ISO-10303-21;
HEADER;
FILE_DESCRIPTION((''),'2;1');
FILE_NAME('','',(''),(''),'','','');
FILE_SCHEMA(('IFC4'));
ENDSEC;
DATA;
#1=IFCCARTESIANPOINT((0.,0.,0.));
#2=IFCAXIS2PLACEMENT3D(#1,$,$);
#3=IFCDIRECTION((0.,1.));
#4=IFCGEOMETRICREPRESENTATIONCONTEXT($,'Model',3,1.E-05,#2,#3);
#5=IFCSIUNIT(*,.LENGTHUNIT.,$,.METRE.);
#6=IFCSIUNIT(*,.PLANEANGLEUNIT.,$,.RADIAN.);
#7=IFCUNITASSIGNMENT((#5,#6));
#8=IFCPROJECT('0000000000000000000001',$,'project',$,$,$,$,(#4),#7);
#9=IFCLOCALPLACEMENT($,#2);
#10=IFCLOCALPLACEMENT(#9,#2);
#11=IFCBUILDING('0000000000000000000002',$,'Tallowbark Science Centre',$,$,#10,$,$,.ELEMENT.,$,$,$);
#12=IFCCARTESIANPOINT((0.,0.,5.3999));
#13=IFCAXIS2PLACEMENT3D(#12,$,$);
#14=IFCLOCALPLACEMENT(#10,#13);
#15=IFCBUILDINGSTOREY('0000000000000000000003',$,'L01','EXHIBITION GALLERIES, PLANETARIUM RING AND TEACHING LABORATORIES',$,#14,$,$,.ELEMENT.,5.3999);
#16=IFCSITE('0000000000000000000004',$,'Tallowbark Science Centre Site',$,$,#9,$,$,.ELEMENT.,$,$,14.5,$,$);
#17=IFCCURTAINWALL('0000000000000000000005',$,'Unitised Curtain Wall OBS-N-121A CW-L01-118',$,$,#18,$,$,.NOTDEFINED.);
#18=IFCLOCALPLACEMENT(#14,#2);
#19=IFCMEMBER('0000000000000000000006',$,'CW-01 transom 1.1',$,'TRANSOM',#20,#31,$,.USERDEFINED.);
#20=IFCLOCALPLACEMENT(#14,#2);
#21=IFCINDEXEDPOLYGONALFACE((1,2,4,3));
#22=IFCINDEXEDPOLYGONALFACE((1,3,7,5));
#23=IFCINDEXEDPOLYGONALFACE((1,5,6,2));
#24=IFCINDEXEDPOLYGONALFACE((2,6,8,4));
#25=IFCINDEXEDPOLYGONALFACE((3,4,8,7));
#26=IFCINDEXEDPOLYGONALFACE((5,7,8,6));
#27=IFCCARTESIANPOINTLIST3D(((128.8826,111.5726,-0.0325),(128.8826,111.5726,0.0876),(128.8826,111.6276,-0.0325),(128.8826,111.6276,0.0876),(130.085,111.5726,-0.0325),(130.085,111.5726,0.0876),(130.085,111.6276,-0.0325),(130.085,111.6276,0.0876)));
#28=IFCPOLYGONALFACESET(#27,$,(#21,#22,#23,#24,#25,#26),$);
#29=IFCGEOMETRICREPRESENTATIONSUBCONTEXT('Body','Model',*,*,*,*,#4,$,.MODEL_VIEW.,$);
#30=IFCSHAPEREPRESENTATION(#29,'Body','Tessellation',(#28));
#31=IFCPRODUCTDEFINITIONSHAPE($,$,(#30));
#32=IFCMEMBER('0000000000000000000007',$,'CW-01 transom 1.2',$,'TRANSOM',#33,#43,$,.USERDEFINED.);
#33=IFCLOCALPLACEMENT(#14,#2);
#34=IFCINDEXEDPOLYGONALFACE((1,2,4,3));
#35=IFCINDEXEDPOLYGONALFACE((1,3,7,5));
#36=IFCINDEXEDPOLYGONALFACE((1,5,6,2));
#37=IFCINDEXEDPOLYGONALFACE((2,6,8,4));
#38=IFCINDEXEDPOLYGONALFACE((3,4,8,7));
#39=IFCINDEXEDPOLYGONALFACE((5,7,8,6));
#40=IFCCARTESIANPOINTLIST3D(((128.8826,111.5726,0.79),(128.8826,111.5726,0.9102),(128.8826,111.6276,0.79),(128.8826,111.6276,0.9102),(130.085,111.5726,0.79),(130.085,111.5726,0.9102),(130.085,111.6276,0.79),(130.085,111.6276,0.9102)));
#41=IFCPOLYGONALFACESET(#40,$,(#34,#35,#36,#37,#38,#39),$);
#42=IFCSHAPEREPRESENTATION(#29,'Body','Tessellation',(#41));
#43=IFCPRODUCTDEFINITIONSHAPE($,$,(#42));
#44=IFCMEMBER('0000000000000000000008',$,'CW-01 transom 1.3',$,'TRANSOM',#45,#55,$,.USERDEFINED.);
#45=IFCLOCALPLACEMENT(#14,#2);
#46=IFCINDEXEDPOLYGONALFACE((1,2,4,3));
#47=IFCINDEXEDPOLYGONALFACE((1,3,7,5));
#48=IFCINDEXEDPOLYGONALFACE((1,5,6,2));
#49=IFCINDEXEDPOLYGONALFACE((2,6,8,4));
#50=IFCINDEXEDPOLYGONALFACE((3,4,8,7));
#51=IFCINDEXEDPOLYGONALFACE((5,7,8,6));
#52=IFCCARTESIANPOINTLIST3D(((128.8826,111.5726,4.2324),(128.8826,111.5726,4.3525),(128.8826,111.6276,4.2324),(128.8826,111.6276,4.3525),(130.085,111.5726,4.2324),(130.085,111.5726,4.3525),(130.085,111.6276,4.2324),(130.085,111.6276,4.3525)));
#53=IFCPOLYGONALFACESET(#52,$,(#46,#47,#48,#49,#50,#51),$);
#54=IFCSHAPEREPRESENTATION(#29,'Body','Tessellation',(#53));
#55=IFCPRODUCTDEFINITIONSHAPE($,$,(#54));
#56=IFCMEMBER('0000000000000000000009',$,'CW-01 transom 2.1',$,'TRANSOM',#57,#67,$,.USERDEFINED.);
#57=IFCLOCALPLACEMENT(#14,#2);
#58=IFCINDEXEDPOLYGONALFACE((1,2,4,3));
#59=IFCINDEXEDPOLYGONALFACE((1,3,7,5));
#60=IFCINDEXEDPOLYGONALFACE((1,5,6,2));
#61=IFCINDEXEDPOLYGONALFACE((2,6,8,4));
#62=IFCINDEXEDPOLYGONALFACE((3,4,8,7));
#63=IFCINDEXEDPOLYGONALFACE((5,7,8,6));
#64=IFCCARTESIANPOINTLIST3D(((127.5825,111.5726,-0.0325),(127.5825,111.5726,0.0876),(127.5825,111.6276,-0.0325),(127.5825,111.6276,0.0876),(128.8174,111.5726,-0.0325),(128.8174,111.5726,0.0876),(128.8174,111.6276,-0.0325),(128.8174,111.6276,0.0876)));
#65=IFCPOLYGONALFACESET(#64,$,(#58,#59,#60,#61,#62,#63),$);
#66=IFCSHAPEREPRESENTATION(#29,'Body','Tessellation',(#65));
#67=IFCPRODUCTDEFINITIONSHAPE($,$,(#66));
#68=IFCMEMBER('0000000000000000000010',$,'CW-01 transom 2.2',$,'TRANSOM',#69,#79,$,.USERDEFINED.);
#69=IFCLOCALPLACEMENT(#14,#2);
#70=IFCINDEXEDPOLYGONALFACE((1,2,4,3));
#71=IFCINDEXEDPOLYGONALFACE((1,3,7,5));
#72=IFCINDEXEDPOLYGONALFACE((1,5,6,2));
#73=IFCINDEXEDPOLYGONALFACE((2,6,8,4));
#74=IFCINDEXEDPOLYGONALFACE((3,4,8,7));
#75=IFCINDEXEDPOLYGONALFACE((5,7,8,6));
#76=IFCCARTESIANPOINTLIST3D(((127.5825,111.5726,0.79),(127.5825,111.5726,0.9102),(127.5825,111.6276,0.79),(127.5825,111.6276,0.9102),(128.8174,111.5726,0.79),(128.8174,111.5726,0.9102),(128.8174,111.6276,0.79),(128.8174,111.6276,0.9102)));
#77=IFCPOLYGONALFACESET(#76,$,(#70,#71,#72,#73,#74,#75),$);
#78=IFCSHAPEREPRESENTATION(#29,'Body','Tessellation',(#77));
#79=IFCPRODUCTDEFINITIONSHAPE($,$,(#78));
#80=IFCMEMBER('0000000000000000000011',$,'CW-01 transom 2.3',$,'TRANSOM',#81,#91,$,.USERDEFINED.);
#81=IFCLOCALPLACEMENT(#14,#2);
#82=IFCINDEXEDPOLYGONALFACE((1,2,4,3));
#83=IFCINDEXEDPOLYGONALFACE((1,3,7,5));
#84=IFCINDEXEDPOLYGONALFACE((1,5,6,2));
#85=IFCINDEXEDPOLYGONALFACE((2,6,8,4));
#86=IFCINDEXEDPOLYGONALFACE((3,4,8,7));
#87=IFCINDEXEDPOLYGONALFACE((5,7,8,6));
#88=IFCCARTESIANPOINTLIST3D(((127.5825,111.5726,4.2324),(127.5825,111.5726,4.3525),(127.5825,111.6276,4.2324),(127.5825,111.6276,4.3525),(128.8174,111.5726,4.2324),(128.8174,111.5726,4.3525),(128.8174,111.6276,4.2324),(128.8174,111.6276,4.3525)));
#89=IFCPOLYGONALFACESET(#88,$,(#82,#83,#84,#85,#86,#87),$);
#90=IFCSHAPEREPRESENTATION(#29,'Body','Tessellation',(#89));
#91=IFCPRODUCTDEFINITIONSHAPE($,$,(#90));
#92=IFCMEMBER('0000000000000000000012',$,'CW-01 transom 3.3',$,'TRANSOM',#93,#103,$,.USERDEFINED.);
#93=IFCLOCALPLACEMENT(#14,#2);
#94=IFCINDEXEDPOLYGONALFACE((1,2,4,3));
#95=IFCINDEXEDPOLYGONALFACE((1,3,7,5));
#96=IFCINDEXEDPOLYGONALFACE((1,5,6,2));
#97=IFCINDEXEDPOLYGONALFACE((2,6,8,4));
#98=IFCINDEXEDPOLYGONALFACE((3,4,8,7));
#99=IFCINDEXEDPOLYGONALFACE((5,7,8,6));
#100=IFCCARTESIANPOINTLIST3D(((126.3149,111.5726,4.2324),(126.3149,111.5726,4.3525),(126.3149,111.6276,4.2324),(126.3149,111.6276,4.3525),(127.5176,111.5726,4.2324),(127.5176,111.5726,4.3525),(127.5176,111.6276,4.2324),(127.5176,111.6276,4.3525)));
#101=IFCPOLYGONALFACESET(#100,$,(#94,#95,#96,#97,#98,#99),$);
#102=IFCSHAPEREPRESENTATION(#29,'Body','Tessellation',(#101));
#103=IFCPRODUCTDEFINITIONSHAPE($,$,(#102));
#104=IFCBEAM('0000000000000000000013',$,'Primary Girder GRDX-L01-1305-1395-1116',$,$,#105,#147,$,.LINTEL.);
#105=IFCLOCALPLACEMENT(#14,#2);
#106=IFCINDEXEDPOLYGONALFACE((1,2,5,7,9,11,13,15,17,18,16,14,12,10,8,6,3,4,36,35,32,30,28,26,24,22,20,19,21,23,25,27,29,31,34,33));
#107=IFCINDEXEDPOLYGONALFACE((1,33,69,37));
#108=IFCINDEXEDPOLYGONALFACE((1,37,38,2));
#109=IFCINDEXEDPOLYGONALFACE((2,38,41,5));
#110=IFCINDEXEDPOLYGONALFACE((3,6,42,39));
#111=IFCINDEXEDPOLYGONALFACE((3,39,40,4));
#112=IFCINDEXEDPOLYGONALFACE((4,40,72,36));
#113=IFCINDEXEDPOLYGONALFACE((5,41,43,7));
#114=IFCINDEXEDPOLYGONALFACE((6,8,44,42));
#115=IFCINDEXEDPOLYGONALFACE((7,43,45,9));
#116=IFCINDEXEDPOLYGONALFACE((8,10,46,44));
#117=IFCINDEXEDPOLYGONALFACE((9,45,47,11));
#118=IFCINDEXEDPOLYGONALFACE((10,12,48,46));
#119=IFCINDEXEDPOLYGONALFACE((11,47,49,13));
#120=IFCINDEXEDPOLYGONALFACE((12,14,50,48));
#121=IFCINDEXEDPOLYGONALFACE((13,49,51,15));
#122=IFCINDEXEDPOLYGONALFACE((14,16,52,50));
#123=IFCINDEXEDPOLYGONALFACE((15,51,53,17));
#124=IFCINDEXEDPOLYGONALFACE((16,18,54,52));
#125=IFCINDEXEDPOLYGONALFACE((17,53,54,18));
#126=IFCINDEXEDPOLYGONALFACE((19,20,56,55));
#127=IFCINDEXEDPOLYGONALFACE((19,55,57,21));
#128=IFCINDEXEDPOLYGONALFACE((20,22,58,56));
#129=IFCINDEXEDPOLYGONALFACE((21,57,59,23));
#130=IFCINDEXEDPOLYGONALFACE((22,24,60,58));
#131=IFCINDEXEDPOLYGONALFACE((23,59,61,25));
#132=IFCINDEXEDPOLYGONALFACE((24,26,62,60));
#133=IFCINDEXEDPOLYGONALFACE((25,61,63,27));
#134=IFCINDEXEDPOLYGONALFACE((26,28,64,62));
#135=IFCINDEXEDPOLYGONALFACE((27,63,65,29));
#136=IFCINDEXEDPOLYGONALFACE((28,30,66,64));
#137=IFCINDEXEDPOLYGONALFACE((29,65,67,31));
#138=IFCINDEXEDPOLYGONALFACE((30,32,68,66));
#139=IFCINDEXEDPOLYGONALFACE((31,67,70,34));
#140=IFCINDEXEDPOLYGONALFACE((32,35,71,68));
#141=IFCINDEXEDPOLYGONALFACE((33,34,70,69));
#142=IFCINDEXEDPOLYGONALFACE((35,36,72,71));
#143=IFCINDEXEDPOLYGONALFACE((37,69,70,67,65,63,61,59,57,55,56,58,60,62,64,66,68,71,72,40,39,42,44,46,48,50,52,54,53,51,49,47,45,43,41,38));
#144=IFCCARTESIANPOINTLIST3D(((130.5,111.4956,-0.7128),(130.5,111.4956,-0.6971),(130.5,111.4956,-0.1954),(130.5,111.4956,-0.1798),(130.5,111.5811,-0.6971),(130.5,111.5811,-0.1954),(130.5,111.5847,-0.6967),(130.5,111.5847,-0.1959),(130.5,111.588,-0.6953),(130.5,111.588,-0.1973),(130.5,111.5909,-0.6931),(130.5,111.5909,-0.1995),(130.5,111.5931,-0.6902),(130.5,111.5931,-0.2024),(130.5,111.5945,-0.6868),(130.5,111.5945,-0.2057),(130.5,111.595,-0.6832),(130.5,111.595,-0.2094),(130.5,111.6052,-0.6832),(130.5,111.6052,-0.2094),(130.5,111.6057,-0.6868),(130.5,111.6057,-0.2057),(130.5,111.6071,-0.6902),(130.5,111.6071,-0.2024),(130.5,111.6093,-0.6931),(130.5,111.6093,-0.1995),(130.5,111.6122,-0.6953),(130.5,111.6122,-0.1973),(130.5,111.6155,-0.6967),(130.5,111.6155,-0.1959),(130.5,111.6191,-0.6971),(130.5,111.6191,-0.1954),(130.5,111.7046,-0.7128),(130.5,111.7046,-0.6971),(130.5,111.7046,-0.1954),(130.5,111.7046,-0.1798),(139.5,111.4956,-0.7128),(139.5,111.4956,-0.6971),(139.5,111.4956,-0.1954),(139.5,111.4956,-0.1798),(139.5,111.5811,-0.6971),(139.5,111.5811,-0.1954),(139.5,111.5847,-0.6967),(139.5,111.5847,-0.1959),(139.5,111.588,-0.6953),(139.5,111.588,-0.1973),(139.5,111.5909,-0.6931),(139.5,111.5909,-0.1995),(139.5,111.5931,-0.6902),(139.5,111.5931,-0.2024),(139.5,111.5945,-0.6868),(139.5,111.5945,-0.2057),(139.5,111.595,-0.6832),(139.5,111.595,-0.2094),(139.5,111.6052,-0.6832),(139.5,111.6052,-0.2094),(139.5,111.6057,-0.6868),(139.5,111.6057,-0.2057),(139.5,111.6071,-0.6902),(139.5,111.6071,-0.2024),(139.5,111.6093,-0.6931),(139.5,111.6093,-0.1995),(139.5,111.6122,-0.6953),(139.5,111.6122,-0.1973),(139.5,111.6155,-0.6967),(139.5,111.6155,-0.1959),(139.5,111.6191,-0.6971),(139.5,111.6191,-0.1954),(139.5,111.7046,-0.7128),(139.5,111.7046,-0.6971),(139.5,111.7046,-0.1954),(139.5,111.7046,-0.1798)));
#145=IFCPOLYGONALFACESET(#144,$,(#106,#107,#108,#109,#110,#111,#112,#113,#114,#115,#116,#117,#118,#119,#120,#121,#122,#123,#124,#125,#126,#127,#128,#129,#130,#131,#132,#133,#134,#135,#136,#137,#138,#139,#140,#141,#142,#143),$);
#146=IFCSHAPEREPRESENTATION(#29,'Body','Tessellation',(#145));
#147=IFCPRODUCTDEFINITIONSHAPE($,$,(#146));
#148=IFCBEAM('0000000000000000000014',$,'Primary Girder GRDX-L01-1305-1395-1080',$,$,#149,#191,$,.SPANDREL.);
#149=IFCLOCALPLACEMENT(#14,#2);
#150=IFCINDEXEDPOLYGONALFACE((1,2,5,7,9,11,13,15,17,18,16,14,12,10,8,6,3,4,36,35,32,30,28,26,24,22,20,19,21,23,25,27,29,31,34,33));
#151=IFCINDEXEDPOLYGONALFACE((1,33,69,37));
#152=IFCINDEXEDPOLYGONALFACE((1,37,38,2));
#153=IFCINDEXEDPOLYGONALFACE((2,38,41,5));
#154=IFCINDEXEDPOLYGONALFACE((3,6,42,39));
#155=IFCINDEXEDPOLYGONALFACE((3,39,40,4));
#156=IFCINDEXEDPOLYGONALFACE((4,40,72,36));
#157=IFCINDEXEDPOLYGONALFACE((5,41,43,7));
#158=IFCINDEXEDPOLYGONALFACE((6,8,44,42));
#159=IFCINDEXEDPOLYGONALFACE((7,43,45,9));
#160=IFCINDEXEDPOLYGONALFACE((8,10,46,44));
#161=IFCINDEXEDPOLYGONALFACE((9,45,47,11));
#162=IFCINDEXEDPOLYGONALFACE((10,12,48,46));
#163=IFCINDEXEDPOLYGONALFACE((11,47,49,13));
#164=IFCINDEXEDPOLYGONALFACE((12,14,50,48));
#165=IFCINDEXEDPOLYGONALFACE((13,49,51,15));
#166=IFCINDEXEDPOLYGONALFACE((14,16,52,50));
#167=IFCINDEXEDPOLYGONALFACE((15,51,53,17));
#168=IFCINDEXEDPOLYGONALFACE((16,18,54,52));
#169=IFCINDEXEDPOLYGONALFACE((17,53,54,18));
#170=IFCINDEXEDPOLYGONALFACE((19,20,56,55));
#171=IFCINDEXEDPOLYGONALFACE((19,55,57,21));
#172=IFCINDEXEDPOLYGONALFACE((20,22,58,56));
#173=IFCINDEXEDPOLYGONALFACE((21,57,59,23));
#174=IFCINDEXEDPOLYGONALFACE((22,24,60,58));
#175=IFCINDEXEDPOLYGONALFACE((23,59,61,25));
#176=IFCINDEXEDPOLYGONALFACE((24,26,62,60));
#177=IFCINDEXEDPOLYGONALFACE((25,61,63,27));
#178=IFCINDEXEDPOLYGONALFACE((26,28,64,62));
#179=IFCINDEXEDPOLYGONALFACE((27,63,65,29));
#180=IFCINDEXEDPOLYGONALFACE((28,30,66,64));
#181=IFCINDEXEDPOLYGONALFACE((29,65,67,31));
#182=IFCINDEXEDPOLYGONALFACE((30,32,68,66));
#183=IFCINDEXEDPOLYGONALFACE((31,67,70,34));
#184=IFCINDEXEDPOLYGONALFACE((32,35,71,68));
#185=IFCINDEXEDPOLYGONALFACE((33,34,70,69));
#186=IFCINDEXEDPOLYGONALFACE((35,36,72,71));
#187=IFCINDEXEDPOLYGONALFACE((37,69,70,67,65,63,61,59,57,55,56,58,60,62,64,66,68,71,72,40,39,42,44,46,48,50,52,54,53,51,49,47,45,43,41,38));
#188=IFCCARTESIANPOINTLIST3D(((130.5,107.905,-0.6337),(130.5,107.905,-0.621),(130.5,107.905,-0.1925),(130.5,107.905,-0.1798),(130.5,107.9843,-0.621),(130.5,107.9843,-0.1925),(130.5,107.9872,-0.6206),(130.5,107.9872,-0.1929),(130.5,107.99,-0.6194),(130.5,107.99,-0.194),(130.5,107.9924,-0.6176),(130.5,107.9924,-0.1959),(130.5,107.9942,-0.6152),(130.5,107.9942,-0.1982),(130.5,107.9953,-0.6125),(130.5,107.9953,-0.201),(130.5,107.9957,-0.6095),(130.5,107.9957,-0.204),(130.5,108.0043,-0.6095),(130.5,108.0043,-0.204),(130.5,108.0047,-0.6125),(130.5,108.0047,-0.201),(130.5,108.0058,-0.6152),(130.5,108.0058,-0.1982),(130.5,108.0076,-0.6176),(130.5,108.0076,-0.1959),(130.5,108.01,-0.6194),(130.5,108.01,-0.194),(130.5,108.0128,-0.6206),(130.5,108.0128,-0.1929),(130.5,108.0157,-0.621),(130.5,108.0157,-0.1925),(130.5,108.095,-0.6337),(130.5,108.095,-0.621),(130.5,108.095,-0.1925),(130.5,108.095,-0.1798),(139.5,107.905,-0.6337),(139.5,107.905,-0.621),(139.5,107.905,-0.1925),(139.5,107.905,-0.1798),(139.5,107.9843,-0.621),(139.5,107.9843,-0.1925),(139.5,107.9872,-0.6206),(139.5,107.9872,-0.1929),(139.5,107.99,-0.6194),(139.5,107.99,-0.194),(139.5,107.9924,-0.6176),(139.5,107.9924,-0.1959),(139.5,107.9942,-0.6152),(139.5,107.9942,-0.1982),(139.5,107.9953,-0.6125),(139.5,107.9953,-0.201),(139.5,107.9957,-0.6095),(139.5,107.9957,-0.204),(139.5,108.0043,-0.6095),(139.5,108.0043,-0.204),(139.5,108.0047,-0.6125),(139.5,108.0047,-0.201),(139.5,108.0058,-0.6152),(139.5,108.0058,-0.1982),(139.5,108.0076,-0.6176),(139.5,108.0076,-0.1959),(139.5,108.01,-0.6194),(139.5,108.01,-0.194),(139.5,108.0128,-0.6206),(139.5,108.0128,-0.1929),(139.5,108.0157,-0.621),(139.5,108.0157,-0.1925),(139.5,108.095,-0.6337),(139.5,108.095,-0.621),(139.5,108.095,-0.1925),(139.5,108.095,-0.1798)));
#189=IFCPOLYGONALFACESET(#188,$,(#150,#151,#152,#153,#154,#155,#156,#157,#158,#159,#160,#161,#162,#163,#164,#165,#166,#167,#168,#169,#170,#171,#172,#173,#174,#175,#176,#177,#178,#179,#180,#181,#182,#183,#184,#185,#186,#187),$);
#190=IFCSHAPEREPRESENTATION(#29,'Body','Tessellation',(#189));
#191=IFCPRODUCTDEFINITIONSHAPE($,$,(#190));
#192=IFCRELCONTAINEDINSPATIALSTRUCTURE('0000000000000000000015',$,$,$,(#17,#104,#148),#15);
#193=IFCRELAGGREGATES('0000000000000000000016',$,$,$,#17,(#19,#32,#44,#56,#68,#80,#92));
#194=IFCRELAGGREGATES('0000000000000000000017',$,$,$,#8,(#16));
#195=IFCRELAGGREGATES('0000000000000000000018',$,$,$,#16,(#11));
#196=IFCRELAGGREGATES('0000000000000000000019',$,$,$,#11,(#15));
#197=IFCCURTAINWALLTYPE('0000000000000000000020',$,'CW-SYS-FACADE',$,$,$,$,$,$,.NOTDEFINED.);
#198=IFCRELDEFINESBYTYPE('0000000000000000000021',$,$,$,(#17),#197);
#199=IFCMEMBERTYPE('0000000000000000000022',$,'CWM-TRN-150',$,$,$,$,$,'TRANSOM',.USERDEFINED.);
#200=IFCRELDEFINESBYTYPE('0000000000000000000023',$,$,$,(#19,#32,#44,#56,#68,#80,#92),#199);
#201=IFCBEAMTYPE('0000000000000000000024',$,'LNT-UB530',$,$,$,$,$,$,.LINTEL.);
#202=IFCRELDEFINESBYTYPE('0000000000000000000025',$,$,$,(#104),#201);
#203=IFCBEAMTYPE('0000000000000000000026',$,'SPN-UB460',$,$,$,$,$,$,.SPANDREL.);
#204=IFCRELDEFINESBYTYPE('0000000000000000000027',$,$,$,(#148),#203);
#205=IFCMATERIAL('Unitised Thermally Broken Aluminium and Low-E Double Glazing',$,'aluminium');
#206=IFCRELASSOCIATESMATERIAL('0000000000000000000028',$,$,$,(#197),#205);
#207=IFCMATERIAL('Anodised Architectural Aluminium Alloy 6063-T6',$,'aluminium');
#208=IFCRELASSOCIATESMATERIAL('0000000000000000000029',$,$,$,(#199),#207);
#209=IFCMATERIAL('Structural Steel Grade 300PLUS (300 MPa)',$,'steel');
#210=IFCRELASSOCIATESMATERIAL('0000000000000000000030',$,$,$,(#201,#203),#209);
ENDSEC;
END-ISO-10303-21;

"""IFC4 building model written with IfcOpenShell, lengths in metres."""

from ifc_helpers import new_model, si_unit, direction, frame, origin, origin_2d, place, context, subcontext, project, spatial, rectangle, i_section, extrude, material, material_profile, profile_set, type_object, element, aggregate, save


model = new_model("IFC4")

# Units and contexts
model_context = context("Model", 3, precision=1e-05, world=origin(), true_north=direction((0.0, 1.0)))
body_context = subcontext(model_context, "Body", "Model", "MODEL_VIEW")
ifc_project = project(units=[si_unit("LENGTHUNIT", "METRE"), si_unit("PLANEANGLEUNIT", "RADIAN")], contexts=[model_context])

# Site, building, storey
site_placement = place(None, origin())
site = spatial("IfcSite", under=ifc_project, at=site_placement, Name="Tallowbark Science Centre Site", CompositionType="ELEMENT", RefElevation=14.5)
building_placement = place(site_placement, origin())
building = spatial("IfcBuilding", under=site, at=building_placement, Name="Tallowbark Science Centre", CompositionType="ELEMENT")
storey_placement = place(building_placement, frame((0.0, 0.0, 5.3999)))
storey = spatial("IfcBuildingStorey", under=building, at=storey_placement, Name="L01", Description="EXHIBITION GALLERIES, PLANETARIUM RING AND TEACHING LABORATORIES", CompositionType="ELEMENT", Elevation=5.3999)

# Shared definitions
ifc_material_1 = material(Name="Structural Steel Grade 300PLUS (300 MPa)", Category="steel")

# Curtain wall
ifc_material_2 = material(Name="Unitised Thermally Broken Aluminium and Low-E Double Glazing", Category="aluminium")
curtain_wall_type = type_object("IfcCurtainWallType", Name="CW-SYS-FACADE", PredefinedType="NOTDEFINED", material=ifc_material_2)
curtain_wall_1_placement = place(storey_placement, origin())
curtain_wall_1 = element("IfcCurtainWall", 1, at=curtain_wall_1_placement, inside=storey, type_object=curtain_wall_type, Name="Unitised Curtain Wall OBS-N-121A CW-L01-118", PredefinedType="NOTDEFINED")
ifc_material_3 = material(Name="Anodised Architectural Aluminium Alloy 6063-T6", Category="aluminium")

# Members
ifc_material_profile_1 = material_profile(ifc_material_3, rectangle(XDim=0.0549, YDim=0.1201, at=origin_2d()), Name="ALU55x120")
ifc_profile_set_1 = profile_set([ifc_material_profile_1], Name="Anodised Architectural Aluminium Alloy 6063-T6")
member_type_1 = type_object("IfcMemberType", Name="CWM-TRN-150", ElementType="TRANSOM", PredefinedType="USERDEFINED", material=ifc_profile_set_1)
member_1_placement = place(storey_placement, frame((130.085, 111.6001, 0.0276), z_axis=(-1.0, 0.0, 0.0), x_axis=(0.0, -1.0, 0.0)))
member_1 = element("IfcMember", 2, at=member_1_placement, type_object=member_type_1, Name="CW-01 transom 1.1", ObjectType="TRANSOM", PredefinedType="USERDEFINED", context=body_context, shape_type="SweptSolid", body=[
    extrude(rectangle(XDim=0.0549, YDim=0.1201, at=origin_2d()), origin(), (0.0, 0.0, 1.0), 1.2024),
])
member_2_placement = place(storey_placement, frame((130.085, 111.6001, 0.8501), z_axis=(-1.0, 0.0, 0.0), x_axis=(0.0, -1.0, 0.0)))
member_2 = element("IfcMember", 3, at=member_2_placement, type_object=member_type_1, Name="CW-01 transom 1.2", ObjectType="TRANSOM", PredefinedType="USERDEFINED", context=body_context, shape_type="SweptSolid", body=[
    extrude(rectangle(XDim=0.0549, YDim=0.1201, at=origin_2d()), origin(), (0.0, 0.0, 1.0), 1.2024),
])
member_3_placement = place(storey_placement, frame((130.085, 111.6001, 4.2925), z_axis=(-1.0, 0.0, 0.0), x_axis=(0.0, -1.0, 0.0)))
member_3 = element("IfcMember", 4, at=member_3_placement, type_object=member_type_1, Name="CW-01 transom 1.3", ObjectType="TRANSOM", PredefinedType="USERDEFINED", context=body_context, shape_type="SweptSolid", body=[
    extrude(rectangle(XDim=0.0549, YDim=0.1201, at=origin_2d()), origin(), (0.0, 0.0, 1.0), 1.2024),
])
member_4_placement = place(storey_placement, frame((128.8174, 111.6001, 0.0276), z_axis=(-1.0, 0.0, 0.0), x_axis=(0.0, -1.0, 0.0)))
member_4 = element("IfcMember", 5, at=member_4_placement, type_object=member_type_1, Name="CW-01 transom 2.1", ObjectType="TRANSOM", PredefinedType="USERDEFINED", context=body_context, shape_type="SweptSolid", body=[
    extrude(rectangle(XDim=0.0549, YDim=0.1201, at=origin_2d()), origin(), (0.0, 0.0, 1.0), 1.2349),
])
member_5_placement = place(storey_placement, frame((128.8174, 111.6001, 0.8501), z_axis=(-1.0, 0.0, 0.0), x_axis=(0.0, -1.0, 0.0)))
member_5 = element("IfcMember", 6, at=member_5_placement, type_object=member_type_1, Name="CW-01 transom 2.2", ObjectType="TRANSOM", PredefinedType="USERDEFINED", context=body_context, shape_type="SweptSolid", body=[
    extrude(rectangle(XDim=0.0549, YDim=0.1201, at=origin_2d()), origin(), (0.0, 0.0, 1.0), 1.2349),
])
member_6_placement = place(storey_placement, frame((128.8174, 111.6001, 4.2925), z_axis=(-1.0, 0.0, 0.0), x_axis=(0.0, -1.0, 0.0)))
member_6 = element("IfcMember", 7, at=member_6_placement, type_object=member_type_1, Name="CW-01 transom 2.3", ObjectType="TRANSOM", PredefinedType="USERDEFINED", context=body_context, shape_type="SweptSolid", body=[
    extrude(rectangle(XDim=0.0549, YDim=0.1201, at=origin_2d()), origin(), (0.0, 0.0, 1.0), 1.2349),
])
member_7_placement = place(storey_placement, frame((127.5176, 111.6001, 4.2925), z_axis=(-1.0, 0.0, 0.0), x_axis=(0.0, -1.0, 0.0)))
member_7 = element("IfcMember", 8, at=member_7_placement, type_object=member_type_1, Name="CW-01 transom 3.3", ObjectType="TRANSOM", PredefinedType="USERDEFINED", context=body_context, shape_type="SweptSolid", body=[
    extrude(rectangle(XDim=0.0549, YDim=0.1201, at=origin_2d()), origin(), (0.0, 0.0, 1.0), 1.2026),
])

# Beams
ifc_material_profile_2 = material_profile(ifc_material_1, i_section(OverallWidth=0.209, OverallDepth=0.533, WebThickness=0.0103, FlangeThickness=0.0156, FilletRadius=0.0139, at=origin_2d()), Name="530UB92.4")
ifc_profile_set_2 = profile_set([ifc_material_profile_2], Name="Structural Steel Grade 300PLUS (300 MPa)")
beam_type_1 = type_object("IfcBeamType", Name="LNT-UB530", PredefinedType="LINTEL", material=ifc_profile_set_2)
beam_1_placement = place(storey_placement, frame((130.5, 111.6001, -0.4463), z_axis=(1.0, 0.0, 0.0), x_axis=(0.0, 1.0, 0.0)))
element("IfcBeam", 9, at=beam_1_placement, inside=storey, type_object=beam_type_1, Name="Primary Girder GRDX-L01-1305-1395-1116", PredefinedType="LINTEL", context=body_context, shape_type="SweptSolid", body=[
    extrude(i_section(OverallWidth=0.209, OverallDepth=0.533, WebThickness=0.0103, FlangeThickness=0.0156, FilletRadius=0.0139, at=origin_2d()), origin(), (0.0, 0.0, 1.0), 9.0),
])
ifc_material_profile_3 = material_profile(ifc_material_1, i_section(OverallWidth=0.1899, OverallDepth=0.4539, WebThickness=0.0085, FlangeThickness=0.0127, FilletRadius=0.0115, at=origin_2d()), Name="460UB67.1")
ifc_profile_set_3 = profile_set([ifc_material_profile_3], Name="Structural Steel Grade 300PLUS (300 MPa)")
beam_type_2 = type_object("IfcBeamType", Name="SPN-UB460", PredefinedType="SPANDREL", material=ifc_profile_set_3)
beam_2_placement = place(storey_placement, frame((130.5, 108.0, -0.4067), z_axis=(1.0, 0.0, 0.0), x_axis=(0.0, 1.0, 0.0)))
element("IfcBeam", 10, at=beam_2_placement, inside=storey, type_object=beam_type_2, Name="Primary Girder GRDX-L01-1305-1395-1080", PredefinedType="SPANDREL", context=body_context, shape_type="SweptSolid", body=[
    extrude(i_section(OverallWidth=0.1899, OverallDepth=0.4539, WebThickness=0.0085, FlangeThickness=0.0127, FilletRadius=0.0115, at=origin_2d()), origin(), (0.0, 0.0, 1.0), 9.0),
])

aggregate(curtain_wall_1, [member_1, member_2, member_3, member_4, member_5, member_6, member_7])

save(model, "model.ifc")
